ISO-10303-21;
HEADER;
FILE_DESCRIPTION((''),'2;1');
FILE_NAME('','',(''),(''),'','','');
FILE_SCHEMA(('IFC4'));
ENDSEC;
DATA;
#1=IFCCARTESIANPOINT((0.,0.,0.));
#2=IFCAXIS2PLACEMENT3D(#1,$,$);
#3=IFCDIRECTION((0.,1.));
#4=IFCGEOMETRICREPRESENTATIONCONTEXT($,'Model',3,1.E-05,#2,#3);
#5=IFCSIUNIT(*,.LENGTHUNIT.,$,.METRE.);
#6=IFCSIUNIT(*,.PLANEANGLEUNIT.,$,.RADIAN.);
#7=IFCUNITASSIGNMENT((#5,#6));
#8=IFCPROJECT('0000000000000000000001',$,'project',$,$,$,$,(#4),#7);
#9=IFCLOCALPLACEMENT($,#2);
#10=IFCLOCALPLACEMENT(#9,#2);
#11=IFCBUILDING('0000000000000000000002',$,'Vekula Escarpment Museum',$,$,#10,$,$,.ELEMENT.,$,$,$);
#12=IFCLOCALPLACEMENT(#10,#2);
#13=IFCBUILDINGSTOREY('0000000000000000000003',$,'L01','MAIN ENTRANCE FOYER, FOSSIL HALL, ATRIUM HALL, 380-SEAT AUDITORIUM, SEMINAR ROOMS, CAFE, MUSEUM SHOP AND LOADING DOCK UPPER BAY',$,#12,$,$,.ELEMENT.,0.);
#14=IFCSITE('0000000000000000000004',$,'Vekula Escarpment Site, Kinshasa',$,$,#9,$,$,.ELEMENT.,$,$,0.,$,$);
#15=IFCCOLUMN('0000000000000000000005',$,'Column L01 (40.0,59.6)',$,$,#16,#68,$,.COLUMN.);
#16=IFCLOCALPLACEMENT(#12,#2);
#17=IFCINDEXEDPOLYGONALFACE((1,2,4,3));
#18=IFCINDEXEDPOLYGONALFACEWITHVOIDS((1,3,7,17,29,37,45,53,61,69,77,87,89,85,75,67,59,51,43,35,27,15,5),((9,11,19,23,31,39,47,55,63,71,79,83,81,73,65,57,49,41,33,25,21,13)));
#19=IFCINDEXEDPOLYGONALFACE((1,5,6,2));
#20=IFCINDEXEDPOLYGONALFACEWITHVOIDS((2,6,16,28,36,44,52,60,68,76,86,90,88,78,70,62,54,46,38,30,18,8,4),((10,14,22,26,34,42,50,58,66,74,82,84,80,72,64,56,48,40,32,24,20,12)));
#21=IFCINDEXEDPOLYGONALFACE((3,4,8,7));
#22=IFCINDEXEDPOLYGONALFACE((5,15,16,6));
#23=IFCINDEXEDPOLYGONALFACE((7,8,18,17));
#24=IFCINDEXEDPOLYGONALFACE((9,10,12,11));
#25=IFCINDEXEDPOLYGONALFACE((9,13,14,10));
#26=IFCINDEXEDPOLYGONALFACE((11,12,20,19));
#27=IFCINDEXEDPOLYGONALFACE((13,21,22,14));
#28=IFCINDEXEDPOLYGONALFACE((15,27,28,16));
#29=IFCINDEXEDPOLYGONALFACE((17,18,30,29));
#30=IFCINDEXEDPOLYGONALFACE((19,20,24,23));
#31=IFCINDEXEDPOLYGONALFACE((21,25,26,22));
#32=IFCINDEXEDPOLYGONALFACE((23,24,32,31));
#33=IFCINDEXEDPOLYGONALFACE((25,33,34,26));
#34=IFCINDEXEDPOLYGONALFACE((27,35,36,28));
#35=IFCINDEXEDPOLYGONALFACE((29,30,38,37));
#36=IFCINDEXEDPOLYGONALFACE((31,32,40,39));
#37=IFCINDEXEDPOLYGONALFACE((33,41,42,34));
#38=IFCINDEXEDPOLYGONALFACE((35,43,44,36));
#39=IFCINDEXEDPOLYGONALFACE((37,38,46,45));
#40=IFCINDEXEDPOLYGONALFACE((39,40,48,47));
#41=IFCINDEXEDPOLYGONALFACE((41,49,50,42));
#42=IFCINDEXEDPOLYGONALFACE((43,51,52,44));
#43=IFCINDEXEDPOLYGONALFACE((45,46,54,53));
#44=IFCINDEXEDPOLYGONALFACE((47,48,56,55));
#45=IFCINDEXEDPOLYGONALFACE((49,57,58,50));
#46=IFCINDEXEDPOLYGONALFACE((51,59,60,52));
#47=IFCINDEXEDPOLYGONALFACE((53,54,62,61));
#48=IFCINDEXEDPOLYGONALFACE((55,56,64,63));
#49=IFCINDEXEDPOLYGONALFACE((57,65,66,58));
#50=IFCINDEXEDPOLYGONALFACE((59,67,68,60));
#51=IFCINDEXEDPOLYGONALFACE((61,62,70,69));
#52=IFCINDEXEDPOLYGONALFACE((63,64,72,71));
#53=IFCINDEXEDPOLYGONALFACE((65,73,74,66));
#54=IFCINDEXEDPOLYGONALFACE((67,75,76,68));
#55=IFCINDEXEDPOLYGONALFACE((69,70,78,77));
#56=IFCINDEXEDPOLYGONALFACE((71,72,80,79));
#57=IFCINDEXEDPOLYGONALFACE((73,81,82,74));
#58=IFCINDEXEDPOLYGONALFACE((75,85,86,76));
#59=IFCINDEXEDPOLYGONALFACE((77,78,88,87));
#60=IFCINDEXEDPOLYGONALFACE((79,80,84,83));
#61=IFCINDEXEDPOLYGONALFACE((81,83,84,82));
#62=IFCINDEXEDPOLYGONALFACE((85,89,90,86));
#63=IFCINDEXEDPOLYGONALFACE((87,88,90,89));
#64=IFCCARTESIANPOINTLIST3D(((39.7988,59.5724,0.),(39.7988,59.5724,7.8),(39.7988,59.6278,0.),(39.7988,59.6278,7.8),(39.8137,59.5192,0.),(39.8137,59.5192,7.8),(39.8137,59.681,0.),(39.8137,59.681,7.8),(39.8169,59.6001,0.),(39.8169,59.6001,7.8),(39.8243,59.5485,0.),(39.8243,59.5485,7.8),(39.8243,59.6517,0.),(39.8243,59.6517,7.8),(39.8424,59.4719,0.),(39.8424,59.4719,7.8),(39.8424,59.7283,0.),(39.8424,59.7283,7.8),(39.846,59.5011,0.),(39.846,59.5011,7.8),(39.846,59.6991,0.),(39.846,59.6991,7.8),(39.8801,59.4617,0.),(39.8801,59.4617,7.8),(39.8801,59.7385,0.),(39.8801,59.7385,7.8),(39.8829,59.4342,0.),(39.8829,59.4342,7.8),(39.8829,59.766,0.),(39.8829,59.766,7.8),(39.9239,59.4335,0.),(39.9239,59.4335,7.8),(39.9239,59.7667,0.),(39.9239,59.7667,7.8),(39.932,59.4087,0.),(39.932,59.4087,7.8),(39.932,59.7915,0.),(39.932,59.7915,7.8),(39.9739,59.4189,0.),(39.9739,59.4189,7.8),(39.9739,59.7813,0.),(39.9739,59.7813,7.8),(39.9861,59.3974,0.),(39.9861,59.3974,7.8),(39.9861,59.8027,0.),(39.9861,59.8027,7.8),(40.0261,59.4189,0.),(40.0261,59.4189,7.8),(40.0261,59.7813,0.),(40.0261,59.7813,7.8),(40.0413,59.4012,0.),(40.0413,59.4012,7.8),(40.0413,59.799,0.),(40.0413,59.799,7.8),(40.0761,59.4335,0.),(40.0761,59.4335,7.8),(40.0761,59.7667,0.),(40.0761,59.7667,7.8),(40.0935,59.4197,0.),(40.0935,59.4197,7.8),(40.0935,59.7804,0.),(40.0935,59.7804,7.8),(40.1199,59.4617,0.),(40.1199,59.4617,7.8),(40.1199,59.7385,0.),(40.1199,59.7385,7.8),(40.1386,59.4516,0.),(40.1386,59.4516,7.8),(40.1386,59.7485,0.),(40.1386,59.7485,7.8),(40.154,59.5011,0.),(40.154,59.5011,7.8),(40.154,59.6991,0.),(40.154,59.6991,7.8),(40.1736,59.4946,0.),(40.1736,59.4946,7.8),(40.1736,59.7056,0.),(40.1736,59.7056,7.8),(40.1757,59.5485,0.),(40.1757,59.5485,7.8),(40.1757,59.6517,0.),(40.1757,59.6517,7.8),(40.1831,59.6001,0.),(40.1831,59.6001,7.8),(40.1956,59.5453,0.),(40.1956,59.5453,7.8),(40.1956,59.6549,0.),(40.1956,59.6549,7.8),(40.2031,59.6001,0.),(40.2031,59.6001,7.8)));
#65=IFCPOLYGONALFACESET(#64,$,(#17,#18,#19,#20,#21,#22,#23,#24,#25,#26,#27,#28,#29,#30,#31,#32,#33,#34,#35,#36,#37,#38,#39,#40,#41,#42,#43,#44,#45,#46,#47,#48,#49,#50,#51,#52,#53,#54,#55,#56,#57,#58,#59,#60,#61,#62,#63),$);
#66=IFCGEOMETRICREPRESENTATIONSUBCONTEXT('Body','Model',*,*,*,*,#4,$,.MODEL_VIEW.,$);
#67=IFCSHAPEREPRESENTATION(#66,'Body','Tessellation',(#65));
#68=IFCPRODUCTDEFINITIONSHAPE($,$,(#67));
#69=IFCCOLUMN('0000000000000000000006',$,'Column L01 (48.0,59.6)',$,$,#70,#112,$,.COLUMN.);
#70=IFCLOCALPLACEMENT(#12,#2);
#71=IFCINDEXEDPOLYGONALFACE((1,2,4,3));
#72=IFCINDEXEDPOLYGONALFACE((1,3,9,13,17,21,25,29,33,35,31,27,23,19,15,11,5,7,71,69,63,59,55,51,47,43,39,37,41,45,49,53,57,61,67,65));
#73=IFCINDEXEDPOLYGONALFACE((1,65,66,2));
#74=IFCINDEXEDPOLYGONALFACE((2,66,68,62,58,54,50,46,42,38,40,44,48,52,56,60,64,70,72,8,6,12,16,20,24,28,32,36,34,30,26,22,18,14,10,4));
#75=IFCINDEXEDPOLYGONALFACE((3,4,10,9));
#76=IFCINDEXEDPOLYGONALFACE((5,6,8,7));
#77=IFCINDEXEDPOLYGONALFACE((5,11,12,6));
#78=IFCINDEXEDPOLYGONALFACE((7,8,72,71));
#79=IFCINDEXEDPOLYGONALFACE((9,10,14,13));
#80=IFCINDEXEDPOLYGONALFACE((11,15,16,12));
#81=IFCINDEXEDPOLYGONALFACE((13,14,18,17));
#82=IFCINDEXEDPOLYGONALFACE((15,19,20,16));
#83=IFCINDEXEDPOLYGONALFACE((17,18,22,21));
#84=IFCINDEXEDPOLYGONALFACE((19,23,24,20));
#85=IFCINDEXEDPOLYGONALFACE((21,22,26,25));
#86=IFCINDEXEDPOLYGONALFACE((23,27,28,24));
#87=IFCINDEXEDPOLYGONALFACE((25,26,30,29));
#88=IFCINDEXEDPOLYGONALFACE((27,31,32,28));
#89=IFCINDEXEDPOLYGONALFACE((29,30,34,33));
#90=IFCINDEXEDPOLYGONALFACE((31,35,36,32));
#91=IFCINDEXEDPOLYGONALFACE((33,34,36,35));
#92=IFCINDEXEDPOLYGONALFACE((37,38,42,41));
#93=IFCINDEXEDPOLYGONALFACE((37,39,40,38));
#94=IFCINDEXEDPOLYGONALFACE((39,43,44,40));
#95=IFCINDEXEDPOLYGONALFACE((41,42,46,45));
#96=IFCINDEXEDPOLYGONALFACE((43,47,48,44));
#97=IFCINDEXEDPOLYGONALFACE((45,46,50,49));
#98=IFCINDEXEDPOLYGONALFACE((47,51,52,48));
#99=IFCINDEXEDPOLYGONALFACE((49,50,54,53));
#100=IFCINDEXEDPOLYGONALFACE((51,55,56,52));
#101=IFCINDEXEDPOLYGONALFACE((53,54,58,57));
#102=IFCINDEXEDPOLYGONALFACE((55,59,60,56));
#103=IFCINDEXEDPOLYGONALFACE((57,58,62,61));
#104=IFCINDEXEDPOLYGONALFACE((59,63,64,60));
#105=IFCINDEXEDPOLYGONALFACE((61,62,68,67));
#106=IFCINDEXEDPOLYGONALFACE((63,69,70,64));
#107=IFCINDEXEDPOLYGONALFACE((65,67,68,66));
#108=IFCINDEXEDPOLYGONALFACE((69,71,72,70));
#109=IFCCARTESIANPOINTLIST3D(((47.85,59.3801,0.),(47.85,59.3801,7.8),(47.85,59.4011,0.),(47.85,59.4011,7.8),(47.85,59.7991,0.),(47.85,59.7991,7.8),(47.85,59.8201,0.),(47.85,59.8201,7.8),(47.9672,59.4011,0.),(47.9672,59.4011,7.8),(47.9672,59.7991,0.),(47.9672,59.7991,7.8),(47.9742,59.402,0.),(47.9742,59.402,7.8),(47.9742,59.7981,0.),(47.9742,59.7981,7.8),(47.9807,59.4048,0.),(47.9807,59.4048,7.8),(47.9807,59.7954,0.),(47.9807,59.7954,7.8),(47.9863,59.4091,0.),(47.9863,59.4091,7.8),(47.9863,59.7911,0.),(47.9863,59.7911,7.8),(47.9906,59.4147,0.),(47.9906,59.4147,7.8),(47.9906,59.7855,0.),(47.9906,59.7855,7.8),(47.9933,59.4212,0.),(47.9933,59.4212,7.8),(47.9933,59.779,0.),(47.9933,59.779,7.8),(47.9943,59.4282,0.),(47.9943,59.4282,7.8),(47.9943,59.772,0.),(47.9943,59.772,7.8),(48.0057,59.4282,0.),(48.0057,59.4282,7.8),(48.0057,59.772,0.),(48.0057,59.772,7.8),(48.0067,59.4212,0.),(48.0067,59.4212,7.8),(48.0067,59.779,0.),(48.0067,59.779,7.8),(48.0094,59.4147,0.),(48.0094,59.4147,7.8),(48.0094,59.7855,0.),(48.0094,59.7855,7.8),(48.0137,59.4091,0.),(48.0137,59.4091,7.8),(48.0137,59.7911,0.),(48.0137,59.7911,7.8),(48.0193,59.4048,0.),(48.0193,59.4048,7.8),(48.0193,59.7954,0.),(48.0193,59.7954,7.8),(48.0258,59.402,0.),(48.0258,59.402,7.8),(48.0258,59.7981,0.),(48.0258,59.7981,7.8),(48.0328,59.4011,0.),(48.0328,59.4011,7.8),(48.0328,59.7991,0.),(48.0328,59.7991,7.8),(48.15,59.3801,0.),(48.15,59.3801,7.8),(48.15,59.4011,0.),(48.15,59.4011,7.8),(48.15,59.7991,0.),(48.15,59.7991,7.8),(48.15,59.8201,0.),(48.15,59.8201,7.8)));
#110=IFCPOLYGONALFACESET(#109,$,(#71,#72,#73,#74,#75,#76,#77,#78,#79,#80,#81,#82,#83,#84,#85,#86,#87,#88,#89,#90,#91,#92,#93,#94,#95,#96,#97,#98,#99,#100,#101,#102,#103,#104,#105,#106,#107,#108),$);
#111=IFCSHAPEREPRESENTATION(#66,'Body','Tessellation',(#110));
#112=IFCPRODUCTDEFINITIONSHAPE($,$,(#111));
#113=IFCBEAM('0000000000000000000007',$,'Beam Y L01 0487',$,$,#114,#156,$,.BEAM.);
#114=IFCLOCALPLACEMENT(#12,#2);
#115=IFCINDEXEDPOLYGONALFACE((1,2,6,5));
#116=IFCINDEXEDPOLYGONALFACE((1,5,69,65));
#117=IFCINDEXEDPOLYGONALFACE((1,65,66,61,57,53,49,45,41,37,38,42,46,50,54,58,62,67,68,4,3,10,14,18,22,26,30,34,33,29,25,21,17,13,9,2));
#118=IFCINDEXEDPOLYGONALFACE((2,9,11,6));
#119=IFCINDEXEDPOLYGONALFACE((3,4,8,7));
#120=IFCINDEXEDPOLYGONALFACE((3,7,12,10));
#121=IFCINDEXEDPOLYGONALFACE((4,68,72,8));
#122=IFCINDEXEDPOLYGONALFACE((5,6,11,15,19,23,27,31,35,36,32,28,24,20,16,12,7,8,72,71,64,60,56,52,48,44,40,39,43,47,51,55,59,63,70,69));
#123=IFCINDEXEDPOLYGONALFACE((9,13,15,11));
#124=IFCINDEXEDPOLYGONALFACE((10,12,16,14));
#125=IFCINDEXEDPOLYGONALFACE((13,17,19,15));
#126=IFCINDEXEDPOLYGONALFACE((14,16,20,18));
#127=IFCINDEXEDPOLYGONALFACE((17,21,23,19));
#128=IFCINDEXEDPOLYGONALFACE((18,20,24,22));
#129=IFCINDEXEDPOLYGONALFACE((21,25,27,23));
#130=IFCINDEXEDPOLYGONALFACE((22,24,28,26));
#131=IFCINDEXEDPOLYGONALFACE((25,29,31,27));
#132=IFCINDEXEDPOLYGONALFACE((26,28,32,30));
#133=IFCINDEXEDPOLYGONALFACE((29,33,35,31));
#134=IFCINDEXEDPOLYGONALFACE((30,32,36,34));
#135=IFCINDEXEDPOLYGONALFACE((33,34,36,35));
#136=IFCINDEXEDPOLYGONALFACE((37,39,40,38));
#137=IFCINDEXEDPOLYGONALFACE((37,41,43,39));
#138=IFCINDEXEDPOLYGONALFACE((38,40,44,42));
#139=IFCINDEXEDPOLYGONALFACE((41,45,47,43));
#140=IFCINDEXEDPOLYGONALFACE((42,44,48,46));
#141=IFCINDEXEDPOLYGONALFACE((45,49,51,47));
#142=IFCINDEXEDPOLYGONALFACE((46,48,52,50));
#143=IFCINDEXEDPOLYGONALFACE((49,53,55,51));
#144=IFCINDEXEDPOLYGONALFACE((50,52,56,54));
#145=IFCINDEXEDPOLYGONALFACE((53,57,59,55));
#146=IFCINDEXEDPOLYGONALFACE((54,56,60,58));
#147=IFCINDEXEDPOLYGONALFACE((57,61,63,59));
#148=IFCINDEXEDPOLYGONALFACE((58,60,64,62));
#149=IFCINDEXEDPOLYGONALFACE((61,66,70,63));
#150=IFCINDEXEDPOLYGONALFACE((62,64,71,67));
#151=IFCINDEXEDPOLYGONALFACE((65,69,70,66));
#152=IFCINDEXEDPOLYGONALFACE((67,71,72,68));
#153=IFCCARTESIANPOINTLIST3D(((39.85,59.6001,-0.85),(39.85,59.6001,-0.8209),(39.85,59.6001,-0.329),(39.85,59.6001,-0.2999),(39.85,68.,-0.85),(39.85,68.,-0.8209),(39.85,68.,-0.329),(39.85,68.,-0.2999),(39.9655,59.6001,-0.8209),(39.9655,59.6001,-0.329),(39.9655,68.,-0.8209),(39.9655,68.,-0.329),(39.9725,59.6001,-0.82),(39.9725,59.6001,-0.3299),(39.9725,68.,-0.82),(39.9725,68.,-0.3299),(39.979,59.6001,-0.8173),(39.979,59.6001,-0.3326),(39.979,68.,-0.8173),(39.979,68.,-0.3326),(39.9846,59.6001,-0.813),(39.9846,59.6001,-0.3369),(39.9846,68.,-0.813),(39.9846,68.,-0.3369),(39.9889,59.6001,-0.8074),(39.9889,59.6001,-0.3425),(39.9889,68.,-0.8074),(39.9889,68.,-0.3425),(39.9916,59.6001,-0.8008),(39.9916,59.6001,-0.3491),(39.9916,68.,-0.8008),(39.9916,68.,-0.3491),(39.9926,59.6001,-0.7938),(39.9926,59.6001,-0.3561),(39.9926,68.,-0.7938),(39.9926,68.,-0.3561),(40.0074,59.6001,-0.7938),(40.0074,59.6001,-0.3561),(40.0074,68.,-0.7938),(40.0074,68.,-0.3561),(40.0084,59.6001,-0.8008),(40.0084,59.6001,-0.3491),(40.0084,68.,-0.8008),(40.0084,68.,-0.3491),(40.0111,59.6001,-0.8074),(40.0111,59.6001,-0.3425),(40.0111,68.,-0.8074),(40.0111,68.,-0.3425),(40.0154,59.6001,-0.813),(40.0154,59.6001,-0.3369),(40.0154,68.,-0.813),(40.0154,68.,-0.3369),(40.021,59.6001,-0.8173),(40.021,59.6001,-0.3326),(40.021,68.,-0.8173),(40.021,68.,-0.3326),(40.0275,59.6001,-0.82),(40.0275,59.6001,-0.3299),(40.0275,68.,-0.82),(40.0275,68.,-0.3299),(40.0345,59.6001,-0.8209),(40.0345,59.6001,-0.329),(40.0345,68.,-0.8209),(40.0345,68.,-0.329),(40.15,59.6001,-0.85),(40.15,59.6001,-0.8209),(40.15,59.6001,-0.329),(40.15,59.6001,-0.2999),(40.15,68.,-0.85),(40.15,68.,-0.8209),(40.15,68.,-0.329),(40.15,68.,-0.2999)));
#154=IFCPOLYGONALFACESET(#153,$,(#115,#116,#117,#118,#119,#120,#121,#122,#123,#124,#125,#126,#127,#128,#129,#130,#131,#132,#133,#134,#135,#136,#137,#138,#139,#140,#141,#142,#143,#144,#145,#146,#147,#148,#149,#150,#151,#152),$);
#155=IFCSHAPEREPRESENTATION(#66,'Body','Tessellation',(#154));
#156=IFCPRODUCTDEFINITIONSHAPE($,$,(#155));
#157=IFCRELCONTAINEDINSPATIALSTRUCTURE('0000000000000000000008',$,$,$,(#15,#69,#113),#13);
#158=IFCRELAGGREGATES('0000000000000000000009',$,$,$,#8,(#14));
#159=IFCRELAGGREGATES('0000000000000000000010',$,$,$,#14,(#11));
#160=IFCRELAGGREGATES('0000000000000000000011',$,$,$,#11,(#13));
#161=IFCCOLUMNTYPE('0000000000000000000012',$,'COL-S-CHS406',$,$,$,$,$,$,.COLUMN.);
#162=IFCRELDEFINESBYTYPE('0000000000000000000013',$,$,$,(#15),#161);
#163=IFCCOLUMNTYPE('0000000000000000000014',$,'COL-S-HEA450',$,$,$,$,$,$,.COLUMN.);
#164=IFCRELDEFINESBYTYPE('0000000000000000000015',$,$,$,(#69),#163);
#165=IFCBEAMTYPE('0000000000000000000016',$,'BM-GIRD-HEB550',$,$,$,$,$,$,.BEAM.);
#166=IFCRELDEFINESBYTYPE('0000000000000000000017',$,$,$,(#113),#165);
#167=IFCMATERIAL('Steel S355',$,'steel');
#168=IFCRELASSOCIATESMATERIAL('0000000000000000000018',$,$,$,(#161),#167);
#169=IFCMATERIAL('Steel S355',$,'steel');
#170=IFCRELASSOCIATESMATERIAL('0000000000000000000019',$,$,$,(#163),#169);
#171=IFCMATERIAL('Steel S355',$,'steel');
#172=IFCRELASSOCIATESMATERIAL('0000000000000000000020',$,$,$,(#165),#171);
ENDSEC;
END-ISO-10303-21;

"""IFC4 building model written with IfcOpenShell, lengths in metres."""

from ifc_helpers import new_model, si_unit, direction, frame, origin, origin_2d, place, context, subcontext, project, spatial, hollow_circle, i_section, extrude, material, material_profile, profile_set, type_object, element, save


model = new_model("IFC4")

# Units and contexts
model_context = context("Model", 3, precision=1e-05, world=origin(), true_north=direction((0.0, 1.0)))
body_context = subcontext(model_context, "Body", "Model", "MODEL_VIEW")
ifc_project = project(units=[si_unit("LENGTHUNIT", "METRE"), si_unit("PLANEANGLEUNIT", "RADIAN")], contexts=[model_context])

# Site, building, storey
site_placement = place(None, origin())
site = spatial("IfcSite", under=ifc_project, at=site_placement, Name="Vekula Escarpment Site, Kinshasa", CompositionType="ELEMENT", RefElevation=0.0)
building_placement = place(site_placement, origin())
building = spatial("IfcBuilding", under=site, at=building_placement, Name="Vekula Escarpment Museum", CompositionType="ELEMENT")
storey_placement = place(building_placement, origin())
storey = spatial("IfcBuildingStorey", under=building, at=storey_placement, Name="L01", Description="MAIN ENTRANCE FOYER, FOSSIL HALL, ATRIUM HALL, 380-SEAT AUDITORIUM, SEMINAR ROOMS, CAFE, MUSEUM SHOP AND LOADING DOCK UPPER BAY", CompositionType="ELEMENT", Elevation=0.0)

# Columns
ifc_material_1 = material(Name="Steel S355", Category="steel")
ifc_material_profile_1 = material_profile(ifc_material_1, hollow_circle(Radius=0.2031, WallThickness=0.02, at=origin_2d()), Name="CHS 406.4x20")
ifc_profile_set_1 = profile_set([ifc_material_profile_1], Name="Steel S355")
column_type_1 = type_object("IfcColumnType", Name="COL-S-CHS406", PredefinedType="COLUMN", material=ifc_profile_set_1)
column_1_placement = place(storey_placement, frame((40.0, 59.6001, 0.0), z_axis=(0.0, 0.0, 1.0), x_axis=(1.0, 0.0, 0.0)))
element("IfcColumn", 1, at=column_1_placement, inside=storey, type_object=column_type_1, Name="Column L01 (40.0,59.6)", PredefinedType="COLUMN", context=body_context, shape_type="SweptSolid", body=[
    extrude(hollow_circle(Radius=0.2031, WallThickness=0.02, at=origin_2d()), origin(), (0.0, 0.0, 1.0), 7.8),
])
ifc_material_2 = material(Name="Steel S355", Category="steel")
ifc_material_profile_2 = material_profile(ifc_material_2, i_section(OverallWidth=0.3, OverallDepth=0.4399, WebThickness=0.0115, FlangeThickness=0.021, FilletRadius=0.0271, at=origin_2d()), Name="HEA 450")
ifc_profile_set_2 = profile_set([ifc_material_profile_2], Name="Steel S355")
column_type_2 = type_object("IfcColumnType", Name="COL-S-HEA450", PredefinedType="COLUMN", material=ifc_profile_set_2)
column_2_placement = place(storey_placement, frame((48.0, 59.6001, 0.0), z_axis=(0.0, 0.0, 1.0), x_axis=(1.0, 0.0, 0.0)))
element("IfcColumn", 2, at=column_2_placement, inside=storey, type_object=column_type_2, Name="Column L01 (48.0,59.6)", PredefinedType="COLUMN", context=body_context, shape_type="SweptSolid", body=[
    extrude(i_section(OverallWidth=0.3, OverallDepth=0.4399, WebThickness=0.0115, FlangeThickness=0.021, FilletRadius=0.0271, at=origin_2d()), origin(), (0.0, 0.0, 1.0), 7.8),
])

# Beam
ifc_material_3 = material(Name="Steel S355", Category="steel")
ifc_material_profile_3 = material_profile(ifc_material_3, i_section(OverallWidth=0.3, OverallDepth=0.55, WebThickness=0.0149, FlangeThickness=0.0291, FilletRadius=0.0271, at=origin_2d()), Name="HEB 550")
ifc_profile_set_3 = profile_set([ifc_material_profile_3], Name="Steel S355")
beam_type_1 = type_object("IfcBeamType", Name="BM-GIRD-HEB550", PredefinedType="BEAM", material=ifc_profile_set_3)
for number, where, z_axis, x_axis, name in (
    (3, (40.0, 59.6001, -0.575), (0.0, 1.0, 0.0), (-1.0, 0.0, 0.0), "Beam Y L01 0487"),
):
    element("IfcBeam", number, at=place(storey_placement, frame(where, z_axis=z_axis, x_axis=x_axis)), inside=storey, type_object=beam_type_1, Name=name, PredefinedType="BEAM", context=body_context, shape_type="SweptSolid", body=[
        extrude(i_section(OverallWidth=0.3, OverallDepth=0.55, WebThickness=0.0149, FlangeThickness=0.0291, FilletRadius=0.0271, at=origin_2d()), origin(), (0.0, 0.0, 1.0), 8.3999),
    ])

save(model, "model.ifc")
